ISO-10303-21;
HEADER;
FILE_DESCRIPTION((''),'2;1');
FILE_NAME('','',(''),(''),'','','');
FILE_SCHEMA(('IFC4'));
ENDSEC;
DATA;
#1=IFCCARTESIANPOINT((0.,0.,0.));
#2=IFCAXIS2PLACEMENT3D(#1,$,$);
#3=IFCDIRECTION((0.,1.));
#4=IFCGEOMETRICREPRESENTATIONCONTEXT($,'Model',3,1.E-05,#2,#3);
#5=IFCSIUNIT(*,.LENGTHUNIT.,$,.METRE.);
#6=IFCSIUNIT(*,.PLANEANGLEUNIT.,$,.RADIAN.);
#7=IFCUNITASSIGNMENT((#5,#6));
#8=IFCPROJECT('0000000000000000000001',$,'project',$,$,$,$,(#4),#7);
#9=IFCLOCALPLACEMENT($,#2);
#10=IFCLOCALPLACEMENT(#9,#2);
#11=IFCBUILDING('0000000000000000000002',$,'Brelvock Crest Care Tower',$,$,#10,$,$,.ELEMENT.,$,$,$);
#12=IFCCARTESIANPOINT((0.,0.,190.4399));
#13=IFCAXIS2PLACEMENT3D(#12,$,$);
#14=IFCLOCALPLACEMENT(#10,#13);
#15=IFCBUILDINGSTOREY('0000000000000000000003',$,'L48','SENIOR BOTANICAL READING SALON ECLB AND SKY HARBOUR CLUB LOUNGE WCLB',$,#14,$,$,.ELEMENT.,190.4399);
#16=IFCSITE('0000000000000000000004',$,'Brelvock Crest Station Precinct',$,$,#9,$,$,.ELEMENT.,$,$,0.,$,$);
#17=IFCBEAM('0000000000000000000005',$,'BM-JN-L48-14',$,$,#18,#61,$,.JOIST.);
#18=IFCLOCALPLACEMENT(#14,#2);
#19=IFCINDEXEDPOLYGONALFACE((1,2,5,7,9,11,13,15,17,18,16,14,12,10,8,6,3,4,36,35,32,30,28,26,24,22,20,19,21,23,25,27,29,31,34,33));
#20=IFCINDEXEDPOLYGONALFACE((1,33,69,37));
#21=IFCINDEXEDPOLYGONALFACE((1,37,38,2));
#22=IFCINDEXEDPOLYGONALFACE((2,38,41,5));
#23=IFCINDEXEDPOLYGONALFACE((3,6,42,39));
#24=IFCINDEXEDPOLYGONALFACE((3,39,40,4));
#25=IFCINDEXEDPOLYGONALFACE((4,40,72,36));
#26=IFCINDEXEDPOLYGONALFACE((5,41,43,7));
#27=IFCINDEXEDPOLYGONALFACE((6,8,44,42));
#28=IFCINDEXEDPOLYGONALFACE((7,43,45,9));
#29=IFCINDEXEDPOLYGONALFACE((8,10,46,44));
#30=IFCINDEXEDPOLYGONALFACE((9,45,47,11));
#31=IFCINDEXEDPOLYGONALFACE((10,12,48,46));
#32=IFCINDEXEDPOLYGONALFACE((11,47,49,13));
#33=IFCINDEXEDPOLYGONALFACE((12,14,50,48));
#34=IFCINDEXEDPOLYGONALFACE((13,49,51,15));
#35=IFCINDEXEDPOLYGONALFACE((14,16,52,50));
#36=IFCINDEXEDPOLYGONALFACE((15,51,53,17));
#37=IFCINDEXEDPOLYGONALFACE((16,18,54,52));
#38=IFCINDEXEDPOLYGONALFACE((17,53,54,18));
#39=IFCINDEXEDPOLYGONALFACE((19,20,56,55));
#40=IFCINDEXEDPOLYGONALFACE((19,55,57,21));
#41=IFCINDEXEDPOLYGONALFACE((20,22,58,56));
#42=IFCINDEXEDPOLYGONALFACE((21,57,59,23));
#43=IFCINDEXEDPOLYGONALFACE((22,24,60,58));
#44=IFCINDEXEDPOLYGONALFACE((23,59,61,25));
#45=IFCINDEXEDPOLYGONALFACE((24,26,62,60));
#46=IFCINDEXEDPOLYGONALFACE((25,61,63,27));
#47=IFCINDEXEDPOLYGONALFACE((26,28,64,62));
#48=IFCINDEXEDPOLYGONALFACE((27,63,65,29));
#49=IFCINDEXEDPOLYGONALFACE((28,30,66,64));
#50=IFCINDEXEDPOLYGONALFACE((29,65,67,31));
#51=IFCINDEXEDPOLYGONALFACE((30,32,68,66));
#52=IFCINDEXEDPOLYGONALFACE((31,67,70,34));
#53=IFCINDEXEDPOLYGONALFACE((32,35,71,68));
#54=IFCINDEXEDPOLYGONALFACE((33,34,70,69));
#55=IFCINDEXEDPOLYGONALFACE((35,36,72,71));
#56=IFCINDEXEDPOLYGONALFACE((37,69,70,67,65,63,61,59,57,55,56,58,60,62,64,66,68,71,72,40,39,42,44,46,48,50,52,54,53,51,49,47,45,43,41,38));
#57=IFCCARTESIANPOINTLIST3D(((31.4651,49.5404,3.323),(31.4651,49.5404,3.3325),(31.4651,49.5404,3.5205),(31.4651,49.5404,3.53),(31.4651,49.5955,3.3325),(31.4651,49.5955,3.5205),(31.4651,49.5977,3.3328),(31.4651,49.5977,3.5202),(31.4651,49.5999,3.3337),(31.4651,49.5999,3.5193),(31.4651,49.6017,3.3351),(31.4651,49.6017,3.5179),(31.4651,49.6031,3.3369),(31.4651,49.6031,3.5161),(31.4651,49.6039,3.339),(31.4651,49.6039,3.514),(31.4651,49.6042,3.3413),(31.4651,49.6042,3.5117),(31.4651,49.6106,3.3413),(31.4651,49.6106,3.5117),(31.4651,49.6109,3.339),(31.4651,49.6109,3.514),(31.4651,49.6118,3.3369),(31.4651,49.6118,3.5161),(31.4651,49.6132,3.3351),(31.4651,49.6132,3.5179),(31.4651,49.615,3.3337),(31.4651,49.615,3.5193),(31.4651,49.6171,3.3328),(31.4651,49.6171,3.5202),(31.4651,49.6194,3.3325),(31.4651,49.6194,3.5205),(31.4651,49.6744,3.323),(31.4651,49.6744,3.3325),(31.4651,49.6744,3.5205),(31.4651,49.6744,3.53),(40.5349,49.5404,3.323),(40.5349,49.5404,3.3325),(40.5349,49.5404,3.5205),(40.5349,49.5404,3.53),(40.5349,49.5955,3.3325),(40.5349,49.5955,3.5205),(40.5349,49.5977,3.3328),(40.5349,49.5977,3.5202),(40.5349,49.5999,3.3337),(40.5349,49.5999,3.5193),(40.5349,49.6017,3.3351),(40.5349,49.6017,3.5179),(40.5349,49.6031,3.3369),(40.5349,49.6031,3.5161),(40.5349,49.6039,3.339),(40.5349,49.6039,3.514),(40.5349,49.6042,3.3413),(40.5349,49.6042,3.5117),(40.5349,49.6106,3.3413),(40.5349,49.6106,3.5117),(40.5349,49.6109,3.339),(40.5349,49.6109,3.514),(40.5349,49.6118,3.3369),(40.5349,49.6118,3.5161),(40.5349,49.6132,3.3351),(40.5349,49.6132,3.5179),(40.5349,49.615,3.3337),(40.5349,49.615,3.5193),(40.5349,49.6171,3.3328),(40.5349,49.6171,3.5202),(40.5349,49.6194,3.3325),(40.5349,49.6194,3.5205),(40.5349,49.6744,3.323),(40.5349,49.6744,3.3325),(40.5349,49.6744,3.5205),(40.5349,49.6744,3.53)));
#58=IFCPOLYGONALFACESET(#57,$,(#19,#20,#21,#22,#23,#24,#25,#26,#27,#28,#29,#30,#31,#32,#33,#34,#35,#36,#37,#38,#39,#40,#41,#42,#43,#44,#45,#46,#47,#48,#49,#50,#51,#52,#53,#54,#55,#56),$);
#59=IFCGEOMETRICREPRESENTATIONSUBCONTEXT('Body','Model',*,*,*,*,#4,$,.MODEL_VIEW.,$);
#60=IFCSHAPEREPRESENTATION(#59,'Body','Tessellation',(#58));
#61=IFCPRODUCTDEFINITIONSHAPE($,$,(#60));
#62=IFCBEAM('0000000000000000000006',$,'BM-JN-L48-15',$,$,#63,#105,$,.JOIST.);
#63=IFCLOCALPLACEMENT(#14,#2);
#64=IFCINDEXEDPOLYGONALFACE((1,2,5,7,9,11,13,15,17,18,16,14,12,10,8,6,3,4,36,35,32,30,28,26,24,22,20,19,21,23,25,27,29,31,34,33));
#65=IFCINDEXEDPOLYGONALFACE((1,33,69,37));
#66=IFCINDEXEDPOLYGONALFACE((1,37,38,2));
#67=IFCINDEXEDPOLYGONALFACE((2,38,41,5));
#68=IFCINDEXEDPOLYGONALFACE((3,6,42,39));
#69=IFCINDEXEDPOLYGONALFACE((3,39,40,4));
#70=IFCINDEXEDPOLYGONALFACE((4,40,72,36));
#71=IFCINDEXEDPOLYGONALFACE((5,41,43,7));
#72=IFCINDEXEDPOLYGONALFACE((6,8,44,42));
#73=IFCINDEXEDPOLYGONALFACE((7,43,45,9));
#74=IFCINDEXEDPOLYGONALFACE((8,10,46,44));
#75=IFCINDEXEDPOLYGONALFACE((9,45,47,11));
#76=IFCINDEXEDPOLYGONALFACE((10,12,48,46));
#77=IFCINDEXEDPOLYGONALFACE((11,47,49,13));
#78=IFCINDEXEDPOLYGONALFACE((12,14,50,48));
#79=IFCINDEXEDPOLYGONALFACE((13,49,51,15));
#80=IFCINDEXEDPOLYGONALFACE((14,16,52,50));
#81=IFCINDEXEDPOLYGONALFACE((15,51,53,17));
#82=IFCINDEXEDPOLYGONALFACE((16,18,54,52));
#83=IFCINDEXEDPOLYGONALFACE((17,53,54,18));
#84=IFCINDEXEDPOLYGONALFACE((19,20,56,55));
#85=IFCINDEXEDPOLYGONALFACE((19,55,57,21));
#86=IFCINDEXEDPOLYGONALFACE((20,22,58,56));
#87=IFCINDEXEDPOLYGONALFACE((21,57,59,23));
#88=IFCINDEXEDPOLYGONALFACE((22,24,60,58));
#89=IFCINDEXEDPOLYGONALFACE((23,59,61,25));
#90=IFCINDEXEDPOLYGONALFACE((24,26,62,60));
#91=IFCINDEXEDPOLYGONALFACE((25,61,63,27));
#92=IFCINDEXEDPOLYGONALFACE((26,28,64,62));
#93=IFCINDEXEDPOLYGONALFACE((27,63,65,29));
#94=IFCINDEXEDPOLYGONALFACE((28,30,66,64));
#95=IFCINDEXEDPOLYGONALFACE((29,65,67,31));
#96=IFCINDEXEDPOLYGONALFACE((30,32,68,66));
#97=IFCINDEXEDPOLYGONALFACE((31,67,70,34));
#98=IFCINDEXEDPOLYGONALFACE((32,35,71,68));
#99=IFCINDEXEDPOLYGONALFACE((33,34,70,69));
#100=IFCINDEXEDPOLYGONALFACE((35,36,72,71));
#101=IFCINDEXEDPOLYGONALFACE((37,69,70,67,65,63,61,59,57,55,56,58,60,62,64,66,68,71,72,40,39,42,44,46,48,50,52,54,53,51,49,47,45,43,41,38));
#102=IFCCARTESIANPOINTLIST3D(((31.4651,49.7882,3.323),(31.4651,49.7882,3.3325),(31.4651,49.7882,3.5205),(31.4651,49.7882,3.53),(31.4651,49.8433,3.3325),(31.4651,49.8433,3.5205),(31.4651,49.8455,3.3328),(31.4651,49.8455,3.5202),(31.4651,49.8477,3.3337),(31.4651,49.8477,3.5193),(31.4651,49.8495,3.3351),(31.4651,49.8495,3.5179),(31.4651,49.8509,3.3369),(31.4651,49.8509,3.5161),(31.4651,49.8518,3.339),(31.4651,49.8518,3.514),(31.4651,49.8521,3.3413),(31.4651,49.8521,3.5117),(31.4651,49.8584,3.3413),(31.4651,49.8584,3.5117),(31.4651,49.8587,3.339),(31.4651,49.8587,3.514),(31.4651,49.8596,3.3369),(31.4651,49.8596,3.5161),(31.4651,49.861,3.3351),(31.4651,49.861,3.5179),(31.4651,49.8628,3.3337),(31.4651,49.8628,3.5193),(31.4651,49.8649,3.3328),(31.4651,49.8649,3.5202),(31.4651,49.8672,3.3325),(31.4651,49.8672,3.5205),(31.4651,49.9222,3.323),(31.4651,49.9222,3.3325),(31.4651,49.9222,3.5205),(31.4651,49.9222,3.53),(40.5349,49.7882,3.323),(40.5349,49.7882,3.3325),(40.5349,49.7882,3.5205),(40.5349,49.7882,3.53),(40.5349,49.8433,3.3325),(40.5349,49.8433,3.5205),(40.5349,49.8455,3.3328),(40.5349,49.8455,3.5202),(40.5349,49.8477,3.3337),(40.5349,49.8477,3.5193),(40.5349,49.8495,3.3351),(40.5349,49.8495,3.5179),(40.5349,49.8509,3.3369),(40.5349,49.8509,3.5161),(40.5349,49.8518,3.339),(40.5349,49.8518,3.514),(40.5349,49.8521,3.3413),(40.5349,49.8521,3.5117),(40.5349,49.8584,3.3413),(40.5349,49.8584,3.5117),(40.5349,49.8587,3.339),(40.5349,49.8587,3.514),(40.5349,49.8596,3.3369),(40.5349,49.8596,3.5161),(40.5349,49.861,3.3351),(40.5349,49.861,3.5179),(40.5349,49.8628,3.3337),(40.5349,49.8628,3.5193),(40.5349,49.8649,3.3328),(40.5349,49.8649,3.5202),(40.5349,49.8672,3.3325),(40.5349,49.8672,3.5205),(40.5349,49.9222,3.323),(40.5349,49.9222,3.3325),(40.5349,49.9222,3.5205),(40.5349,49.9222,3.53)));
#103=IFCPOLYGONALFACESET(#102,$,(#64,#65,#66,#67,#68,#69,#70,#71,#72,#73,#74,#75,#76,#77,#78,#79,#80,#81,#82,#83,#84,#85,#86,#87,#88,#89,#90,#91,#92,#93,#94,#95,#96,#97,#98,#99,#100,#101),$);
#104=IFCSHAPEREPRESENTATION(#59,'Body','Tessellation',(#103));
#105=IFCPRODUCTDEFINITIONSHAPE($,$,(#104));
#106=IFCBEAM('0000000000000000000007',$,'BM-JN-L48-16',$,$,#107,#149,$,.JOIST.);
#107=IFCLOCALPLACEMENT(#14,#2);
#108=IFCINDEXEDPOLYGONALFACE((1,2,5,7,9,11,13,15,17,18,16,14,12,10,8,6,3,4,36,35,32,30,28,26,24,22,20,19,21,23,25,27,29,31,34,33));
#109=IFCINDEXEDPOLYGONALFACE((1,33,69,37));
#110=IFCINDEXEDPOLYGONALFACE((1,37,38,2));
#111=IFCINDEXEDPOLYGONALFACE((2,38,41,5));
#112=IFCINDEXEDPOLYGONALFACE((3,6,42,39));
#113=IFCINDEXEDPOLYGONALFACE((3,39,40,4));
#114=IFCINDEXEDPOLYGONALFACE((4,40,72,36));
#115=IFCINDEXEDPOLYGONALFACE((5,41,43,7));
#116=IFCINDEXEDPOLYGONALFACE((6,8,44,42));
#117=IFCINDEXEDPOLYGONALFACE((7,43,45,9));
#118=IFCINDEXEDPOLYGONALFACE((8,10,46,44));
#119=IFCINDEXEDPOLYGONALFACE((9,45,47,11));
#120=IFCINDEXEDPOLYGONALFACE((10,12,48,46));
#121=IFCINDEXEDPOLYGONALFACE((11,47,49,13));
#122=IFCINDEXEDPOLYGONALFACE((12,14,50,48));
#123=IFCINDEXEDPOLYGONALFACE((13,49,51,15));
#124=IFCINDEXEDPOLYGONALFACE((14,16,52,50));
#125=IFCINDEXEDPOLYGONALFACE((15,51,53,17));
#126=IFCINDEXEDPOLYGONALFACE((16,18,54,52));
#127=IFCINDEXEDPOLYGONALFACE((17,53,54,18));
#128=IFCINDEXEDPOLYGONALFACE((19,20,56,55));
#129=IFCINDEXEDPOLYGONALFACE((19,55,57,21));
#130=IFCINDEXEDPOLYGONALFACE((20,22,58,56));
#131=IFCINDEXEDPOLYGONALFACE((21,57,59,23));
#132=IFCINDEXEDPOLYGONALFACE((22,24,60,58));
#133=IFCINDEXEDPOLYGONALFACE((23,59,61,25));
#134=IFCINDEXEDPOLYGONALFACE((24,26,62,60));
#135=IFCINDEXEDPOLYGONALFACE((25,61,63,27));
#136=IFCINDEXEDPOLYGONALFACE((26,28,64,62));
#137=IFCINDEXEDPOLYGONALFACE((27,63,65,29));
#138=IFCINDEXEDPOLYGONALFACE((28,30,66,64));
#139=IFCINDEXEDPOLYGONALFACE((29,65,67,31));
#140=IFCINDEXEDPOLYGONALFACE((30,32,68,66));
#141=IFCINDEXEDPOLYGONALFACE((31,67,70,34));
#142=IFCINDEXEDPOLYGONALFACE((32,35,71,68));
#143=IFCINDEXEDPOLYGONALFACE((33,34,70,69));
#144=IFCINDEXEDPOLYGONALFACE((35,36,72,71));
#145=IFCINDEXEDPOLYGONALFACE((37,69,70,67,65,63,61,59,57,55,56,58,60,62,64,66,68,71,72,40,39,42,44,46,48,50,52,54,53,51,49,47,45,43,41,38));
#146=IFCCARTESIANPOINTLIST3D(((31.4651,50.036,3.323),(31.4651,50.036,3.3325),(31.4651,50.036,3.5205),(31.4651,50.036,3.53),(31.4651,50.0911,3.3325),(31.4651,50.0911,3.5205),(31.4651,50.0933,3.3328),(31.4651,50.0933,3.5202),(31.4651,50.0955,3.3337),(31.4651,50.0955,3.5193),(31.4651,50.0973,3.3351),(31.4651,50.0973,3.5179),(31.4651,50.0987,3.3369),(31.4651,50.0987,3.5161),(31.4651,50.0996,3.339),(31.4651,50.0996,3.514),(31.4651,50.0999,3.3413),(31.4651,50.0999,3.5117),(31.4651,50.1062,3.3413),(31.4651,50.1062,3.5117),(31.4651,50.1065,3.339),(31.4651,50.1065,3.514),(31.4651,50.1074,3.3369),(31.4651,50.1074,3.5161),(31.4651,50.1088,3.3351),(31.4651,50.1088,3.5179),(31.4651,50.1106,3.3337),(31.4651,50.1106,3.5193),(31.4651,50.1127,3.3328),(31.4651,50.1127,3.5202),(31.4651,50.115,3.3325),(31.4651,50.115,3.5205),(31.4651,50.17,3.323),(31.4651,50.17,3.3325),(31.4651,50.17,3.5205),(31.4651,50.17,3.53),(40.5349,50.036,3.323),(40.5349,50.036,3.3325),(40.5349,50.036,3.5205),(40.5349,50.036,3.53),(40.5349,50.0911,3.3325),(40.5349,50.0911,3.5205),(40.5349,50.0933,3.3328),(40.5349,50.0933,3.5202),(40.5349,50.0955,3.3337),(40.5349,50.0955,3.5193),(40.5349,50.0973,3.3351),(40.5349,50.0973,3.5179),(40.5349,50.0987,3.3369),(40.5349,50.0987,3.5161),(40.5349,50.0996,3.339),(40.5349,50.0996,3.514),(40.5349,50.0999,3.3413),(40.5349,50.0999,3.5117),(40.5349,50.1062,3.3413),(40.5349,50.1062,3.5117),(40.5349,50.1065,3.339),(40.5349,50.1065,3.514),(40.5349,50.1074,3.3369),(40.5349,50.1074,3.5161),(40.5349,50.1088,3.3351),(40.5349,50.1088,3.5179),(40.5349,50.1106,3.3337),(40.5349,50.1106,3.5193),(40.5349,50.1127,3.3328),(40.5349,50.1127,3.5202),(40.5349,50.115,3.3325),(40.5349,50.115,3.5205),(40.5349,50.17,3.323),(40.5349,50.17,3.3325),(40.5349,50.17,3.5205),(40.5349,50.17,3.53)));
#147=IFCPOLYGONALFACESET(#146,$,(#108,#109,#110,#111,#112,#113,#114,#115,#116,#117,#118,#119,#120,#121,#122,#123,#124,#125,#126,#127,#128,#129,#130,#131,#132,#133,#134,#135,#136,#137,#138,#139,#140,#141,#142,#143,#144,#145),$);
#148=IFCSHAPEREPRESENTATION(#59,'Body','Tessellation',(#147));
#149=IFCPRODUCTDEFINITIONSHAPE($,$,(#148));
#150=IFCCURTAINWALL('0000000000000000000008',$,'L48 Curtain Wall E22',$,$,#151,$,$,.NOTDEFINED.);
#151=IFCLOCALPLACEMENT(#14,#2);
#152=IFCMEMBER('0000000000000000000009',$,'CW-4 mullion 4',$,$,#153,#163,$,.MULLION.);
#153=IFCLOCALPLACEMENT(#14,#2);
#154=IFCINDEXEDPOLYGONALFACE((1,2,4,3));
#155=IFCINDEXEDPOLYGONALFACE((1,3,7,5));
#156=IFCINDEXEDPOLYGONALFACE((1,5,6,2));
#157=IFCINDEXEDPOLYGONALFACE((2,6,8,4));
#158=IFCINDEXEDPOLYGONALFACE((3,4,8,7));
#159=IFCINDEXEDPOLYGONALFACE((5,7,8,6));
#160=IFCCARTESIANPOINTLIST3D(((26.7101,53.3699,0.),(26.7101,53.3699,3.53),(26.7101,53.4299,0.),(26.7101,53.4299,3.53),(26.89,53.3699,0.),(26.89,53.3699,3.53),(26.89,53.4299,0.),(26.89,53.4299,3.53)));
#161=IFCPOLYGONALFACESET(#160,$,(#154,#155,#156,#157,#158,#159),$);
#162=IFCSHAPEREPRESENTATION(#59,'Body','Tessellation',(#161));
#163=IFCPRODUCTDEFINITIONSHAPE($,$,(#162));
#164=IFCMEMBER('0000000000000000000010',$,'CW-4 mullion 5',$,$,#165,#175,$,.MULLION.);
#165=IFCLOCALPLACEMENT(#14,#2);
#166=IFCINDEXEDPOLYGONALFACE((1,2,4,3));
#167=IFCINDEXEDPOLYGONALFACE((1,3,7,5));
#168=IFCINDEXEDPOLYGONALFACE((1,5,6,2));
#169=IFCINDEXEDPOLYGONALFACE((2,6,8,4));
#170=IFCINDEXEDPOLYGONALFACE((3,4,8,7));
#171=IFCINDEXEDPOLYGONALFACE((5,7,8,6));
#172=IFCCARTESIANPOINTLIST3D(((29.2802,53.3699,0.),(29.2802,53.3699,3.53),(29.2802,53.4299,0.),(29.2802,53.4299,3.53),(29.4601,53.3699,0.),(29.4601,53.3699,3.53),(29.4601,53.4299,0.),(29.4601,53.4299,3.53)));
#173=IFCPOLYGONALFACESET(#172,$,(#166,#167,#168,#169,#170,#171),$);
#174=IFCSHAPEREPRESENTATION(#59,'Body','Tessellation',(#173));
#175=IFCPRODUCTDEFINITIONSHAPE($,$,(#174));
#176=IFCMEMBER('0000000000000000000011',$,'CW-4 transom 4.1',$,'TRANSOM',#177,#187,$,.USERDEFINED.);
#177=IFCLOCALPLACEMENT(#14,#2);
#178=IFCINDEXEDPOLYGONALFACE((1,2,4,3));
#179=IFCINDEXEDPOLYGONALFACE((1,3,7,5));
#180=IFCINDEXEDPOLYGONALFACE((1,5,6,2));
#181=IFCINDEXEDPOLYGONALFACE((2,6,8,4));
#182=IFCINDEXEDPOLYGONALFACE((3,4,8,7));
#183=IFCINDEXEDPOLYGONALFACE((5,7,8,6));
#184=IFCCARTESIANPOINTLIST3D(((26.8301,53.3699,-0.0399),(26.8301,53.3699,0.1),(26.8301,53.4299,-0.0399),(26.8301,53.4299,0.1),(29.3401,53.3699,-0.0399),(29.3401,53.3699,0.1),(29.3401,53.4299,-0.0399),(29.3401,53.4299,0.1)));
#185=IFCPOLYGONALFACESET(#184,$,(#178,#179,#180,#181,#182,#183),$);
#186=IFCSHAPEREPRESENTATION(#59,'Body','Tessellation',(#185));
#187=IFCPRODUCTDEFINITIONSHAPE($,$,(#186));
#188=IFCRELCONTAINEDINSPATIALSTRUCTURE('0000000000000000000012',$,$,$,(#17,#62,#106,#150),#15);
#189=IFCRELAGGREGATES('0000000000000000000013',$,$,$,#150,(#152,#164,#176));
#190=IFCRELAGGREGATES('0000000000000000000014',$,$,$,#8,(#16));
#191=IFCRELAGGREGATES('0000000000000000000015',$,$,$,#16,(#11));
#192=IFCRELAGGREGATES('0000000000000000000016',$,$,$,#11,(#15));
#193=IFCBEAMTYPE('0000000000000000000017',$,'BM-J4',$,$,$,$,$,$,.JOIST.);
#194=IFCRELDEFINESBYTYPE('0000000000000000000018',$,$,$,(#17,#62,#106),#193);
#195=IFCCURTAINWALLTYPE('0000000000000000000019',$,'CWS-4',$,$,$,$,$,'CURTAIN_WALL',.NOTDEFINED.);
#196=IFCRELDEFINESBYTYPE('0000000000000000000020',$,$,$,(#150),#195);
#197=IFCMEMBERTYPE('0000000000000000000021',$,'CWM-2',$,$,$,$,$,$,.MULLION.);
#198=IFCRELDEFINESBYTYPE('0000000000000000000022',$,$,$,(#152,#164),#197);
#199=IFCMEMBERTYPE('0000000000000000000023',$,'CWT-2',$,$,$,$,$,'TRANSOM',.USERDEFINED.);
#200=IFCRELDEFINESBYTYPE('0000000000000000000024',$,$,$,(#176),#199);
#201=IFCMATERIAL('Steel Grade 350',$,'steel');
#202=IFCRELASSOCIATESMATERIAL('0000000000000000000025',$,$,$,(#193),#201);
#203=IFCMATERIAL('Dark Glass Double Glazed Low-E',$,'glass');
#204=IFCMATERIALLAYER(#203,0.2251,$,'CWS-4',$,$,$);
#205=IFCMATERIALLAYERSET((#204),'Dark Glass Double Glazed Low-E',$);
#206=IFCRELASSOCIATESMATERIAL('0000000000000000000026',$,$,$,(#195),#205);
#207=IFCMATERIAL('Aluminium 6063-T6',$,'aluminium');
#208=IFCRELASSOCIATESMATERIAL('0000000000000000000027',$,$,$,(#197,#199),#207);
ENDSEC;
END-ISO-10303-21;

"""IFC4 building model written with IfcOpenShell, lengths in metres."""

from ifc_helpers import new_model, si_unit, direction, frame, origin, origin_2d, place, context, subcontext, project, spatial, rectangle, i_section, extrude, source, transform, mapped, material, layer, layer_set, material_profile, profile_set, type_object, element, aggregate, save


model = new_model("IFC4")

# Units and contexts
model_context = context("Model", 3, precision=1e-05, world=origin(), true_north=direction((0.0, 1.0)))
body_context = subcontext(model_context, "Body", "Model", "MODEL_VIEW")
ifc_project = project(units=[si_unit("LENGTHUNIT", "METRE"), si_unit("PLANEANGLEUNIT", "RADIAN")], contexts=[model_context])

# Site, building, storey
site_placement = place(None, origin())
site = spatial("IfcSite", under=ifc_project, at=site_placement, Name="Brelvock Crest Station Precinct", CompositionType="ELEMENT", RefElevation=0.0)
building_placement = place(site_placement, origin())
building = spatial("IfcBuilding", under=site, at=building_placement, Name="Brelvock Crest Care Tower", CompositionType="ELEMENT")
storey_placement = place(building_placement, frame((0.0, 0.0, 190.4399)))
storey = spatial("IfcBuildingStorey", under=building, at=storey_placement, Name="L48", Description="SENIOR BOTANICAL READING SALON ECLB AND SKY HARBOUR CLUB LOUNGE WCLB", CompositionType="ELEMENT", Elevation=190.4399)

# Shared definitions
ifc_material_1 = material(Name="Steel Grade 350", Category="steel")

# Beams
ifc_material_profile_1 = material_profile(ifc_material_1, i_section(OverallWidth=0.134, OverallDepth=0.207, WebThickness=0.0063, FlangeThickness=0.0095, FilletRadius=0.0088, at=origin_2d()), Name="200UB29.8")
ifc_profile_set_1 = profile_set([ifc_material_profile_1], Name="Steel Grade 350")
beam_type_1 = type_object("IfcBeamType", Name="BM-J4", PredefinedType="JOIST", material=ifc_profile_set_1)
shared_shape_1 = source(origin(), body_context, "Body", "SweptSolid", [
    extrude(i_section(OverallWidth=0.134, OverallDepth=0.207, WebThickness=0.0063, FlangeThickness=0.0095, FilletRadius=0.0088, at=origin_2d()), origin(), (0.0, 0.0, 1.0), 9.0698),
])
for number, where, z_axis, x_axis, name in (
    (1, (31.4651, 49.6074, 3.4265), (1.0, 0.0, 0.0), (0.0, 1.0, 0.0), "BM-JN-L48-14"),
    (2, (31.4651, 49.8552, 3.4265), (1.0, 0.0, 0.0), (0.0, 1.0, 0.0), "BM-JN-L48-15"),
    (3, (31.4651, 50.103, 3.4265), (1.0, 0.0, 0.0), (0.0, 1.0, 0.0), "BM-JN-L48-16"),
):
    element("IfcBeam", number, at=place(storey_placement, frame(where, z_axis=z_axis, x_axis=x_axis)), inside=storey, type_object=beam_type_1, Name=name, PredefinedType="JOIST", context=body_context, shape_type="MappedRepresentation", body=[
        mapped(shared_shape_1, transform((0.0, 0.0, 0.0), x_axis=(1.0, 0.0, 0.0), y_axis=(0.0, 1.0, 0.0), z_axis=(0.0, 0.0, 1.0), scale=1.0)),
    ])

# Curtain wall, members
ifc_material_2 = material(Name="Dark Glass Double Glazed Low-E", Category="glass")
ifc_layer_1 = layer(ifc_material_2, 0.2251, Name="CWS-4")
ifc_layer_set_1 = layer_set([ifc_layer_1], Name="Dark Glass Double Glazed Low-E")
curtain_wall_type = type_object("IfcCurtainWallType", Name="CWS-4", ElementType="CURTAIN_WALL", PredefinedType="NOTDEFINED", material=ifc_layer_set_1)
curtain_wall_placement = place(storey_placement, origin())
curtain_wall = element("IfcCurtainWall", 4, at=curtain_wall_placement, inside=storey, type_object=curtain_wall_type, Name="L48 Curtain Wall E22", PredefinedType="NOTDEFINED")
ifc_material_3 = material(Name="Aluminium 6063-T6", Category="aluminium")
ifc_material_profile_2 = material_profile(ifc_material_3, rectangle(XDim=0.0601, YDim=0.1799, at=origin_2d()), Name="ALU60x180")
ifc_profile_set_2 = profile_set([ifc_material_profile_2], Name="Aluminium 6063-T6")
member_type_1 = type_object("IfcMemberType", Name="CWM-2", PredefinedType="MULLION", material=ifc_profile_set_2)
shared_shape_2 = source(origin(), body_context, "Body", "SweptSolid", [
    extrude(rectangle(XDim=0.0601, YDim=0.1799, at=origin_2d()), origin(), (0.0, 0.0, 1.0), 3.53),
])
member_1_placement = place(storey_placement, frame((26.8, 53.3999, 0.0), z_axis=(0.0, 0.0, 1.0), x_axis=(0.0, 1.0, 0.0)))
member_1 = element("IfcMember", 5, at=member_1_placement, type_object=member_type_1, Name="CW-4 mullion 4", PredefinedType="MULLION", context=body_context, shape_type="MappedRepresentation", body=[
    mapped(shared_shape_2, transform((0.0, 0.0, 0.0), x_axis=(1.0, 0.0, 0.0), y_axis=(0.0, 1.0, 0.0), z_axis=(0.0, 0.0, 1.0), scale=1.0)),
])
member_2_placement = place(storey_placement, frame((29.3701, 53.3999, 0.0), z_axis=(0.0, 0.0, 1.0), x_axis=(0.0, 1.0, 0.0)))
member_2 = element("IfcMember", 6, at=member_2_placement, type_object=member_type_1, Name="CW-4 mullion 5", PredefinedType="MULLION", context=body_context, shape_type="MappedRepresentation", body=[
    mapped(shared_shape_2, transform((0.0, 0.0, 0.0), x_axis=(1.0, 0.0, 0.0), y_axis=(0.0, 1.0, 0.0), z_axis=(0.0, 0.0, 1.0), scale=1.0)),
])
ifc_material_profile_3 = material_profile(ifc_material_3, rectangle(XDim=0.0601, YDim=0.1399, at=origin_2d()), Name="ALU60x140")
ifc_profile_set_3 = profile_set([ifc_material_profile_3], Name="Aluminium 6063-T6")
member_type_2 = type_object("IfcMemberType", Name="CWT-2", ElementType="TRANSOM", PredefinedType="USERDEFINED", material=ifc_profile_set_3)
shared_shape_3 = source(origin(), body_context, "Body", "SweptSolid", [
    extrude(rectangle(XDim=0.0601, YDim=0.1399, at=origin_2d()), origin(), (0.0, 0.0, 1.0), 2.51),
])
member_3_placement = place(storey_placement, frame((26.8301, 53.3999, 0.03), z_axis=(1.0, 0.0, 0.0), x_axis=(0.0, 1.0, 0.0)))
member_3 = element("IfcMember", 7, at=member_3_placement, type_object=member_type_2, Name="CW-4 transom 4.1", ObjectType="TRANSOM", PredefinedType="USERDEFINED", context=body_context, shape_type="MappedRepresentation", body=[
    mapped(shared_shape_3, transform((0.0, 0.0, 0.0), x_axis=(1.0, 0.0, 0.0), y_axis=(0.0, 1.0, 0.0), z_axis=(0.0, 0.0, 1.0), scale=1.0)),
])
aggregate(curtain_wall, [member_1, member_2, member_3])

save(model, "model.ifc")
